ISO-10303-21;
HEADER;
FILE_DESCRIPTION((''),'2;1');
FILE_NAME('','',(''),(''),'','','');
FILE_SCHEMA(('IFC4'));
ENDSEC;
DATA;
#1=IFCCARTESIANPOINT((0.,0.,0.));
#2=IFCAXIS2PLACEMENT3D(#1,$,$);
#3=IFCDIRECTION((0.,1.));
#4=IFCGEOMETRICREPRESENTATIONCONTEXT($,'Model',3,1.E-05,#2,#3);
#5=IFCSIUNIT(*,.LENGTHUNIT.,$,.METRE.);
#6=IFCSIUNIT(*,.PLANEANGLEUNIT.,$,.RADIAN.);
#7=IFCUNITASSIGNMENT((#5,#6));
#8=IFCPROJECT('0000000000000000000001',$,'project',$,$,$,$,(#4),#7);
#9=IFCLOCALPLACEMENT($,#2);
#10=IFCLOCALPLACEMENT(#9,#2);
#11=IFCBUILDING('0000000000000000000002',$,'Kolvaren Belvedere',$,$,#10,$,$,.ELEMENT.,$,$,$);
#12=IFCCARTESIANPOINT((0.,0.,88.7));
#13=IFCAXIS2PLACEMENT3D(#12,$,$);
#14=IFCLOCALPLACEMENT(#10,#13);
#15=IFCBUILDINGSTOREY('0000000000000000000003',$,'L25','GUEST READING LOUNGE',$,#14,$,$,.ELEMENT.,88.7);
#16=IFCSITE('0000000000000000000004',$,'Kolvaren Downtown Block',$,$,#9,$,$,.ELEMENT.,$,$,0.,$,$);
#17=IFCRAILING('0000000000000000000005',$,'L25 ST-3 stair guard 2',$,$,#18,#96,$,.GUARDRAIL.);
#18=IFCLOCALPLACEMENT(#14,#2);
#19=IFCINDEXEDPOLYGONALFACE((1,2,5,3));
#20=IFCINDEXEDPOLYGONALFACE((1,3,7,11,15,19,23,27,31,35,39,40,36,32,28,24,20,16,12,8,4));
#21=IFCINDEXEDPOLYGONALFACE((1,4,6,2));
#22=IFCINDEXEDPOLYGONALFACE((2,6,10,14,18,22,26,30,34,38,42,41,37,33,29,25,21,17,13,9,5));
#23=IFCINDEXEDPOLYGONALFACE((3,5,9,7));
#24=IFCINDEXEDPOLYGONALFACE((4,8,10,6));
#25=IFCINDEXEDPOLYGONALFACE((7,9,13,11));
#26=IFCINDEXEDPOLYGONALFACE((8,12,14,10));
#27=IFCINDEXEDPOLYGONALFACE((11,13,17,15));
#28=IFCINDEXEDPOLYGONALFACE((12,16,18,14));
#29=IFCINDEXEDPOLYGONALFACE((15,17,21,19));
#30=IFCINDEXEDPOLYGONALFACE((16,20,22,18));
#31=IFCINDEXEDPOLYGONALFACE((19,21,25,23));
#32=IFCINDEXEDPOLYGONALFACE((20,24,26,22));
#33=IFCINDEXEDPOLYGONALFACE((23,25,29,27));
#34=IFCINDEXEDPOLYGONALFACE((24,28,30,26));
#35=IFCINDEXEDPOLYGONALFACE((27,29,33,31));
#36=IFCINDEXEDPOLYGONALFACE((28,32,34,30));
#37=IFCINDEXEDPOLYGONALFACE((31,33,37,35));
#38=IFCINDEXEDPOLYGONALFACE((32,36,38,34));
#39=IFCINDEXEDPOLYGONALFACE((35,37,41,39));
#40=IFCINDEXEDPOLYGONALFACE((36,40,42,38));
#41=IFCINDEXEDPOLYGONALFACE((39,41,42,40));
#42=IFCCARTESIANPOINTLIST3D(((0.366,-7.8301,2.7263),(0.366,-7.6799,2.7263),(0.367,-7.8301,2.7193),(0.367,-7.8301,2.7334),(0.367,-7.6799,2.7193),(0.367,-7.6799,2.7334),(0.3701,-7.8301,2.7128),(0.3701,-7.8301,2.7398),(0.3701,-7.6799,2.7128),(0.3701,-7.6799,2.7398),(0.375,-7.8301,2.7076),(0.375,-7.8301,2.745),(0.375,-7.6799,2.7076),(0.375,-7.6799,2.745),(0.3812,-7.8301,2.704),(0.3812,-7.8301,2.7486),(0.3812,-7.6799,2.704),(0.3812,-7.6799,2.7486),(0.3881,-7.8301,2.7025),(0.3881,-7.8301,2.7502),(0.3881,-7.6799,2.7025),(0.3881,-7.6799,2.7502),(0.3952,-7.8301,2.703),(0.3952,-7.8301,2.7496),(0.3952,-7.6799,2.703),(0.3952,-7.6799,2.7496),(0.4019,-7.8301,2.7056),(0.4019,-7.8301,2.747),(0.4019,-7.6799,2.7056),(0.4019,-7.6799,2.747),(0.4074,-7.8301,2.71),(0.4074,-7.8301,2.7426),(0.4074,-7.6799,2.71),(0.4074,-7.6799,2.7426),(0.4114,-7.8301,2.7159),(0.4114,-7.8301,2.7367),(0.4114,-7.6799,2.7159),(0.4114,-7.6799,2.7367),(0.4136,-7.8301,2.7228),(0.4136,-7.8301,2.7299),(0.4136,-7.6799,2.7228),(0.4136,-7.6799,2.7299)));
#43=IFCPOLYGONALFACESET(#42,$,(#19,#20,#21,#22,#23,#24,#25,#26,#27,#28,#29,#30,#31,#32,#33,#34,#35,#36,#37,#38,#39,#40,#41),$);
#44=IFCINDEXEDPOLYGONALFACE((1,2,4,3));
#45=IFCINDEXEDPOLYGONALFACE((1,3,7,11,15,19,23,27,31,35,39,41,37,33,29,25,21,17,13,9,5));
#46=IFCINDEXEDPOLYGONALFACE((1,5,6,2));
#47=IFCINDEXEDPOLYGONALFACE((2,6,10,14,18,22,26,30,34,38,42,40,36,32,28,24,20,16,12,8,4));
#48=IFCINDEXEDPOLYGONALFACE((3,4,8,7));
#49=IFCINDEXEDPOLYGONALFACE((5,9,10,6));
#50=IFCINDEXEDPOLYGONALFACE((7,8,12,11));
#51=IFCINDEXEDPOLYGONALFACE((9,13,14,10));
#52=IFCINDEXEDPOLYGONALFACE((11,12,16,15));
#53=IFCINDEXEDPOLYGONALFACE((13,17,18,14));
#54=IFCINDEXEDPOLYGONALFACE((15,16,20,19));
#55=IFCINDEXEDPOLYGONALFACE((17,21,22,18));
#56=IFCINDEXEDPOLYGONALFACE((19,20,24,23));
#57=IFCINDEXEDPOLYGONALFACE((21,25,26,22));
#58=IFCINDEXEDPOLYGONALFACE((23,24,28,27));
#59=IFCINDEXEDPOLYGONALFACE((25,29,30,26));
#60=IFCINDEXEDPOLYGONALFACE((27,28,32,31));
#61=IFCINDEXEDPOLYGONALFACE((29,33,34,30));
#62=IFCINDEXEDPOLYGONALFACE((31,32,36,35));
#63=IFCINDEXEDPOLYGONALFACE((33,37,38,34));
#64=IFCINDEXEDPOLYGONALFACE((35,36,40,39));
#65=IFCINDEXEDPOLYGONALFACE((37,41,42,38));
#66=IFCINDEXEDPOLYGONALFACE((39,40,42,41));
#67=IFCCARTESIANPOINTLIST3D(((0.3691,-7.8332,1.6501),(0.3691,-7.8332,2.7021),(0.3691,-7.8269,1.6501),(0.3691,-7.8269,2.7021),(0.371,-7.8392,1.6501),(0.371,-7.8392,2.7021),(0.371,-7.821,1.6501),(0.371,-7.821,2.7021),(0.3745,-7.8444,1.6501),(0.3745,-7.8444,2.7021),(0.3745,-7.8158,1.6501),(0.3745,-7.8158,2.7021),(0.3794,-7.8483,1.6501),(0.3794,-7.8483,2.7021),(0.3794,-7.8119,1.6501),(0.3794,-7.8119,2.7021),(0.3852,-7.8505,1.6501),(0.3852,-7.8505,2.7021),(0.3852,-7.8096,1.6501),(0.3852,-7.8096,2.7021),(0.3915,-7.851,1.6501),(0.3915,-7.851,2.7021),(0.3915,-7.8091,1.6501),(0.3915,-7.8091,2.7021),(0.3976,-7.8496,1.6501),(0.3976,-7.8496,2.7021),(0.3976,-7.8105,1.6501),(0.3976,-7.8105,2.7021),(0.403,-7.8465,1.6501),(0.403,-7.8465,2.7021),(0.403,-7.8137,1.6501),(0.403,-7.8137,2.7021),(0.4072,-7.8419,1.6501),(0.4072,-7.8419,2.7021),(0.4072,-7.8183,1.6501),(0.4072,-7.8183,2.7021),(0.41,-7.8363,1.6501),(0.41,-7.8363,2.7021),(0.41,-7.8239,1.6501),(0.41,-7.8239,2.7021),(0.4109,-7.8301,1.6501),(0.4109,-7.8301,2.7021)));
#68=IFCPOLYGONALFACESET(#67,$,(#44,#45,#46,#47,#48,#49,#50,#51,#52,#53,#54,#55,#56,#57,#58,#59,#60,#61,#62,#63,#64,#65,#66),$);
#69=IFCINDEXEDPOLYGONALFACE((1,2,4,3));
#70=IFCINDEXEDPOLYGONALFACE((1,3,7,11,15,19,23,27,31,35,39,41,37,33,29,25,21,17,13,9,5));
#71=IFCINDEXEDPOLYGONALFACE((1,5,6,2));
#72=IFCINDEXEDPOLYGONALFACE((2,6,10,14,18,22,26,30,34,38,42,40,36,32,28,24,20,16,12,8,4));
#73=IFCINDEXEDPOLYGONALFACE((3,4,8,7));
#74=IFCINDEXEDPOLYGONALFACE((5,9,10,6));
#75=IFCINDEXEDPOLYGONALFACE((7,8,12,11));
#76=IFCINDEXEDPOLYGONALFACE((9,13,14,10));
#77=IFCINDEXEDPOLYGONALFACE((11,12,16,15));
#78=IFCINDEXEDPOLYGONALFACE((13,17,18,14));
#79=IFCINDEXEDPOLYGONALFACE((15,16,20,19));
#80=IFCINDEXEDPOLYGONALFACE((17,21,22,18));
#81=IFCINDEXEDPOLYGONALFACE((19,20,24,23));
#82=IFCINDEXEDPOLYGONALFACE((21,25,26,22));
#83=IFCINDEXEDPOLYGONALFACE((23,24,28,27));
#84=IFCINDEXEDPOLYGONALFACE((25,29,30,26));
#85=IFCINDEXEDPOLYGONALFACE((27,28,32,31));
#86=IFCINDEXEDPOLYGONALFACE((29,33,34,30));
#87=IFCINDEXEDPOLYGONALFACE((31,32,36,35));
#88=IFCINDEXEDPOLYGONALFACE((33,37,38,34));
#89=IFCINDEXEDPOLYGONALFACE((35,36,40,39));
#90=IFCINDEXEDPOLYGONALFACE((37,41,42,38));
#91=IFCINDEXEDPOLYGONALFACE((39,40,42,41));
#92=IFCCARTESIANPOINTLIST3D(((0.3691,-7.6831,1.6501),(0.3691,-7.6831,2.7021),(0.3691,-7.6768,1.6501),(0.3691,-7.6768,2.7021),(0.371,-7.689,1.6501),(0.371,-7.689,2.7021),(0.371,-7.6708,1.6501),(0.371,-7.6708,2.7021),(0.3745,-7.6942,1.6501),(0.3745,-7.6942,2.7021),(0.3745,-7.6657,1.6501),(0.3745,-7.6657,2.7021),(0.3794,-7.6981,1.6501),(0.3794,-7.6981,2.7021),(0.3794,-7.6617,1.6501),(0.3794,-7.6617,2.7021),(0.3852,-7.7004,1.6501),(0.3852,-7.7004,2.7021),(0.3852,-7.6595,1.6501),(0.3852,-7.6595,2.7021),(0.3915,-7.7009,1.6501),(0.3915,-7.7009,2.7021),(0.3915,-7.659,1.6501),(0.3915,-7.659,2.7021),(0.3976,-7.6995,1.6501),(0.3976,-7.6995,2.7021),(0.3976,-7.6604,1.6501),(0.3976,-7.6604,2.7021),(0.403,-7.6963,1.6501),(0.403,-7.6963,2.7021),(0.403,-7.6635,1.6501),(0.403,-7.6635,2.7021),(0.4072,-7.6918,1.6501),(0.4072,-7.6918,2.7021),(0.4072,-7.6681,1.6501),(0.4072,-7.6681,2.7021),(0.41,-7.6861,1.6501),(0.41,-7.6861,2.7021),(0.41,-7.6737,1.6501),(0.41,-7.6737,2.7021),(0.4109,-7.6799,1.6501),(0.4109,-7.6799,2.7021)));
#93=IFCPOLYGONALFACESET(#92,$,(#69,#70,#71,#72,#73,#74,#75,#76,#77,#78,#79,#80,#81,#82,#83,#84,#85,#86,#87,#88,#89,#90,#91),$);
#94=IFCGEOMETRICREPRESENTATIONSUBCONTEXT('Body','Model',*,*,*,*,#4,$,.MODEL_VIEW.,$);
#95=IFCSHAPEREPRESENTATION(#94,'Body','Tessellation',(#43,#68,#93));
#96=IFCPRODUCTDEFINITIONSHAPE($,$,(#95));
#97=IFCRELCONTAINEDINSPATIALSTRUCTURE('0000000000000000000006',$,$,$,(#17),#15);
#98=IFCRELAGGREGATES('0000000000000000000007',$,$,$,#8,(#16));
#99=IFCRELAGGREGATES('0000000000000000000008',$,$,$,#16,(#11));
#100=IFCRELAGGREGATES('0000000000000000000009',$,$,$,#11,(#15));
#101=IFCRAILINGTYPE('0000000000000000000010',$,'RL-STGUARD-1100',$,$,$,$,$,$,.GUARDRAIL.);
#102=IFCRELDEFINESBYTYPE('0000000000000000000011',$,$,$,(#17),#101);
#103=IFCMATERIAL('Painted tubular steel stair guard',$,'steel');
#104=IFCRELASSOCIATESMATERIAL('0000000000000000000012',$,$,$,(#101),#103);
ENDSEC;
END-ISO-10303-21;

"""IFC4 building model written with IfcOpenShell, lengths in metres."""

from ifc_helpers import new_model, si_unit, direction, frame, origin, origin_2d, place, context, subcontext, project, spatial, circle, extrude, material, type_object, element, save


model = new_model("IFC4")

# Units and contexts
model_context = context("Model", 3, precision=1e-05, world=origin(), true_north=direction((0.0, 1.0)))
body_context = subcontext(model_context, "Body", "Model", "MODEL_VIEW")
ifc_project = project(units=[si_unit("LENGTHUNIT", "METRE"), si_unit("PLANEANGLEUNIT", "RADIAN")], contexts=[model_context])

# Site, building, storey
site_placement = place(None, origin())
site = spatial("IfcSite", under=ifc_project, at=site_placement, Name="Kolvaren Downtown Block", CompositionType="ELEMENT", RefElevation=0.0)
building_placement = place(site_placement, origin())
building = spatial("IfcBuilding", under=site, at=building_placement, Name="Kolvaren Belvedere", CompositionType="ELEMENT")
storey_placement = place(building_placement, frame((0.0, 0.0, 88.7)))
storey = spatial("IfcBuildingStorey", under=building, at=storey_placement, Name="L25", Description="GUEST READING LOUNGE", CompositionType="ELEMENT", Elevation=88.7)

# Railing
ifc_material_1 = material(Name="Painted tubular steel stair guard", Category="steel")
railing_type_1 = type_object("IfcRailingType", Name="RL-STGUARD-1100", PredefinedType="GUARDRAIL", material=ifc_material_1)
railing_1_placement = place(storey_placement, frame((0.3899, -7.8301, 1.6501)))
element("IfcRailing", 1, at=railing_1_placement, inside=storey, type_object=railing_type_1, Name="L25 ST-3 stair guard 2", PredefinedType="GUARDRAIL", context=body_context, shape_type="SweptSolid", body=[
    extrude(circle(Radius=0.0239, at=origin_2d()), frame((0.0, 0.0, 1.0762), z_axis=(0.0, 1.0, 0.0), x_axis=(-1.0, 0.0, 0.0)), (0.0, 0.0, 1.0), 0.1501),
    extrude(circle(Radius=0.021, at=origin_2d()), origin(), (0.0, 0.0, 1.0), 1.052),
    extrude(circle(Radius=0.021, at=origin_2d()), frame((0.0, 0.1501, 0.0)), (0.0, 0.0, 1.0), 1.052),
])

save(model, "model.ifc")
